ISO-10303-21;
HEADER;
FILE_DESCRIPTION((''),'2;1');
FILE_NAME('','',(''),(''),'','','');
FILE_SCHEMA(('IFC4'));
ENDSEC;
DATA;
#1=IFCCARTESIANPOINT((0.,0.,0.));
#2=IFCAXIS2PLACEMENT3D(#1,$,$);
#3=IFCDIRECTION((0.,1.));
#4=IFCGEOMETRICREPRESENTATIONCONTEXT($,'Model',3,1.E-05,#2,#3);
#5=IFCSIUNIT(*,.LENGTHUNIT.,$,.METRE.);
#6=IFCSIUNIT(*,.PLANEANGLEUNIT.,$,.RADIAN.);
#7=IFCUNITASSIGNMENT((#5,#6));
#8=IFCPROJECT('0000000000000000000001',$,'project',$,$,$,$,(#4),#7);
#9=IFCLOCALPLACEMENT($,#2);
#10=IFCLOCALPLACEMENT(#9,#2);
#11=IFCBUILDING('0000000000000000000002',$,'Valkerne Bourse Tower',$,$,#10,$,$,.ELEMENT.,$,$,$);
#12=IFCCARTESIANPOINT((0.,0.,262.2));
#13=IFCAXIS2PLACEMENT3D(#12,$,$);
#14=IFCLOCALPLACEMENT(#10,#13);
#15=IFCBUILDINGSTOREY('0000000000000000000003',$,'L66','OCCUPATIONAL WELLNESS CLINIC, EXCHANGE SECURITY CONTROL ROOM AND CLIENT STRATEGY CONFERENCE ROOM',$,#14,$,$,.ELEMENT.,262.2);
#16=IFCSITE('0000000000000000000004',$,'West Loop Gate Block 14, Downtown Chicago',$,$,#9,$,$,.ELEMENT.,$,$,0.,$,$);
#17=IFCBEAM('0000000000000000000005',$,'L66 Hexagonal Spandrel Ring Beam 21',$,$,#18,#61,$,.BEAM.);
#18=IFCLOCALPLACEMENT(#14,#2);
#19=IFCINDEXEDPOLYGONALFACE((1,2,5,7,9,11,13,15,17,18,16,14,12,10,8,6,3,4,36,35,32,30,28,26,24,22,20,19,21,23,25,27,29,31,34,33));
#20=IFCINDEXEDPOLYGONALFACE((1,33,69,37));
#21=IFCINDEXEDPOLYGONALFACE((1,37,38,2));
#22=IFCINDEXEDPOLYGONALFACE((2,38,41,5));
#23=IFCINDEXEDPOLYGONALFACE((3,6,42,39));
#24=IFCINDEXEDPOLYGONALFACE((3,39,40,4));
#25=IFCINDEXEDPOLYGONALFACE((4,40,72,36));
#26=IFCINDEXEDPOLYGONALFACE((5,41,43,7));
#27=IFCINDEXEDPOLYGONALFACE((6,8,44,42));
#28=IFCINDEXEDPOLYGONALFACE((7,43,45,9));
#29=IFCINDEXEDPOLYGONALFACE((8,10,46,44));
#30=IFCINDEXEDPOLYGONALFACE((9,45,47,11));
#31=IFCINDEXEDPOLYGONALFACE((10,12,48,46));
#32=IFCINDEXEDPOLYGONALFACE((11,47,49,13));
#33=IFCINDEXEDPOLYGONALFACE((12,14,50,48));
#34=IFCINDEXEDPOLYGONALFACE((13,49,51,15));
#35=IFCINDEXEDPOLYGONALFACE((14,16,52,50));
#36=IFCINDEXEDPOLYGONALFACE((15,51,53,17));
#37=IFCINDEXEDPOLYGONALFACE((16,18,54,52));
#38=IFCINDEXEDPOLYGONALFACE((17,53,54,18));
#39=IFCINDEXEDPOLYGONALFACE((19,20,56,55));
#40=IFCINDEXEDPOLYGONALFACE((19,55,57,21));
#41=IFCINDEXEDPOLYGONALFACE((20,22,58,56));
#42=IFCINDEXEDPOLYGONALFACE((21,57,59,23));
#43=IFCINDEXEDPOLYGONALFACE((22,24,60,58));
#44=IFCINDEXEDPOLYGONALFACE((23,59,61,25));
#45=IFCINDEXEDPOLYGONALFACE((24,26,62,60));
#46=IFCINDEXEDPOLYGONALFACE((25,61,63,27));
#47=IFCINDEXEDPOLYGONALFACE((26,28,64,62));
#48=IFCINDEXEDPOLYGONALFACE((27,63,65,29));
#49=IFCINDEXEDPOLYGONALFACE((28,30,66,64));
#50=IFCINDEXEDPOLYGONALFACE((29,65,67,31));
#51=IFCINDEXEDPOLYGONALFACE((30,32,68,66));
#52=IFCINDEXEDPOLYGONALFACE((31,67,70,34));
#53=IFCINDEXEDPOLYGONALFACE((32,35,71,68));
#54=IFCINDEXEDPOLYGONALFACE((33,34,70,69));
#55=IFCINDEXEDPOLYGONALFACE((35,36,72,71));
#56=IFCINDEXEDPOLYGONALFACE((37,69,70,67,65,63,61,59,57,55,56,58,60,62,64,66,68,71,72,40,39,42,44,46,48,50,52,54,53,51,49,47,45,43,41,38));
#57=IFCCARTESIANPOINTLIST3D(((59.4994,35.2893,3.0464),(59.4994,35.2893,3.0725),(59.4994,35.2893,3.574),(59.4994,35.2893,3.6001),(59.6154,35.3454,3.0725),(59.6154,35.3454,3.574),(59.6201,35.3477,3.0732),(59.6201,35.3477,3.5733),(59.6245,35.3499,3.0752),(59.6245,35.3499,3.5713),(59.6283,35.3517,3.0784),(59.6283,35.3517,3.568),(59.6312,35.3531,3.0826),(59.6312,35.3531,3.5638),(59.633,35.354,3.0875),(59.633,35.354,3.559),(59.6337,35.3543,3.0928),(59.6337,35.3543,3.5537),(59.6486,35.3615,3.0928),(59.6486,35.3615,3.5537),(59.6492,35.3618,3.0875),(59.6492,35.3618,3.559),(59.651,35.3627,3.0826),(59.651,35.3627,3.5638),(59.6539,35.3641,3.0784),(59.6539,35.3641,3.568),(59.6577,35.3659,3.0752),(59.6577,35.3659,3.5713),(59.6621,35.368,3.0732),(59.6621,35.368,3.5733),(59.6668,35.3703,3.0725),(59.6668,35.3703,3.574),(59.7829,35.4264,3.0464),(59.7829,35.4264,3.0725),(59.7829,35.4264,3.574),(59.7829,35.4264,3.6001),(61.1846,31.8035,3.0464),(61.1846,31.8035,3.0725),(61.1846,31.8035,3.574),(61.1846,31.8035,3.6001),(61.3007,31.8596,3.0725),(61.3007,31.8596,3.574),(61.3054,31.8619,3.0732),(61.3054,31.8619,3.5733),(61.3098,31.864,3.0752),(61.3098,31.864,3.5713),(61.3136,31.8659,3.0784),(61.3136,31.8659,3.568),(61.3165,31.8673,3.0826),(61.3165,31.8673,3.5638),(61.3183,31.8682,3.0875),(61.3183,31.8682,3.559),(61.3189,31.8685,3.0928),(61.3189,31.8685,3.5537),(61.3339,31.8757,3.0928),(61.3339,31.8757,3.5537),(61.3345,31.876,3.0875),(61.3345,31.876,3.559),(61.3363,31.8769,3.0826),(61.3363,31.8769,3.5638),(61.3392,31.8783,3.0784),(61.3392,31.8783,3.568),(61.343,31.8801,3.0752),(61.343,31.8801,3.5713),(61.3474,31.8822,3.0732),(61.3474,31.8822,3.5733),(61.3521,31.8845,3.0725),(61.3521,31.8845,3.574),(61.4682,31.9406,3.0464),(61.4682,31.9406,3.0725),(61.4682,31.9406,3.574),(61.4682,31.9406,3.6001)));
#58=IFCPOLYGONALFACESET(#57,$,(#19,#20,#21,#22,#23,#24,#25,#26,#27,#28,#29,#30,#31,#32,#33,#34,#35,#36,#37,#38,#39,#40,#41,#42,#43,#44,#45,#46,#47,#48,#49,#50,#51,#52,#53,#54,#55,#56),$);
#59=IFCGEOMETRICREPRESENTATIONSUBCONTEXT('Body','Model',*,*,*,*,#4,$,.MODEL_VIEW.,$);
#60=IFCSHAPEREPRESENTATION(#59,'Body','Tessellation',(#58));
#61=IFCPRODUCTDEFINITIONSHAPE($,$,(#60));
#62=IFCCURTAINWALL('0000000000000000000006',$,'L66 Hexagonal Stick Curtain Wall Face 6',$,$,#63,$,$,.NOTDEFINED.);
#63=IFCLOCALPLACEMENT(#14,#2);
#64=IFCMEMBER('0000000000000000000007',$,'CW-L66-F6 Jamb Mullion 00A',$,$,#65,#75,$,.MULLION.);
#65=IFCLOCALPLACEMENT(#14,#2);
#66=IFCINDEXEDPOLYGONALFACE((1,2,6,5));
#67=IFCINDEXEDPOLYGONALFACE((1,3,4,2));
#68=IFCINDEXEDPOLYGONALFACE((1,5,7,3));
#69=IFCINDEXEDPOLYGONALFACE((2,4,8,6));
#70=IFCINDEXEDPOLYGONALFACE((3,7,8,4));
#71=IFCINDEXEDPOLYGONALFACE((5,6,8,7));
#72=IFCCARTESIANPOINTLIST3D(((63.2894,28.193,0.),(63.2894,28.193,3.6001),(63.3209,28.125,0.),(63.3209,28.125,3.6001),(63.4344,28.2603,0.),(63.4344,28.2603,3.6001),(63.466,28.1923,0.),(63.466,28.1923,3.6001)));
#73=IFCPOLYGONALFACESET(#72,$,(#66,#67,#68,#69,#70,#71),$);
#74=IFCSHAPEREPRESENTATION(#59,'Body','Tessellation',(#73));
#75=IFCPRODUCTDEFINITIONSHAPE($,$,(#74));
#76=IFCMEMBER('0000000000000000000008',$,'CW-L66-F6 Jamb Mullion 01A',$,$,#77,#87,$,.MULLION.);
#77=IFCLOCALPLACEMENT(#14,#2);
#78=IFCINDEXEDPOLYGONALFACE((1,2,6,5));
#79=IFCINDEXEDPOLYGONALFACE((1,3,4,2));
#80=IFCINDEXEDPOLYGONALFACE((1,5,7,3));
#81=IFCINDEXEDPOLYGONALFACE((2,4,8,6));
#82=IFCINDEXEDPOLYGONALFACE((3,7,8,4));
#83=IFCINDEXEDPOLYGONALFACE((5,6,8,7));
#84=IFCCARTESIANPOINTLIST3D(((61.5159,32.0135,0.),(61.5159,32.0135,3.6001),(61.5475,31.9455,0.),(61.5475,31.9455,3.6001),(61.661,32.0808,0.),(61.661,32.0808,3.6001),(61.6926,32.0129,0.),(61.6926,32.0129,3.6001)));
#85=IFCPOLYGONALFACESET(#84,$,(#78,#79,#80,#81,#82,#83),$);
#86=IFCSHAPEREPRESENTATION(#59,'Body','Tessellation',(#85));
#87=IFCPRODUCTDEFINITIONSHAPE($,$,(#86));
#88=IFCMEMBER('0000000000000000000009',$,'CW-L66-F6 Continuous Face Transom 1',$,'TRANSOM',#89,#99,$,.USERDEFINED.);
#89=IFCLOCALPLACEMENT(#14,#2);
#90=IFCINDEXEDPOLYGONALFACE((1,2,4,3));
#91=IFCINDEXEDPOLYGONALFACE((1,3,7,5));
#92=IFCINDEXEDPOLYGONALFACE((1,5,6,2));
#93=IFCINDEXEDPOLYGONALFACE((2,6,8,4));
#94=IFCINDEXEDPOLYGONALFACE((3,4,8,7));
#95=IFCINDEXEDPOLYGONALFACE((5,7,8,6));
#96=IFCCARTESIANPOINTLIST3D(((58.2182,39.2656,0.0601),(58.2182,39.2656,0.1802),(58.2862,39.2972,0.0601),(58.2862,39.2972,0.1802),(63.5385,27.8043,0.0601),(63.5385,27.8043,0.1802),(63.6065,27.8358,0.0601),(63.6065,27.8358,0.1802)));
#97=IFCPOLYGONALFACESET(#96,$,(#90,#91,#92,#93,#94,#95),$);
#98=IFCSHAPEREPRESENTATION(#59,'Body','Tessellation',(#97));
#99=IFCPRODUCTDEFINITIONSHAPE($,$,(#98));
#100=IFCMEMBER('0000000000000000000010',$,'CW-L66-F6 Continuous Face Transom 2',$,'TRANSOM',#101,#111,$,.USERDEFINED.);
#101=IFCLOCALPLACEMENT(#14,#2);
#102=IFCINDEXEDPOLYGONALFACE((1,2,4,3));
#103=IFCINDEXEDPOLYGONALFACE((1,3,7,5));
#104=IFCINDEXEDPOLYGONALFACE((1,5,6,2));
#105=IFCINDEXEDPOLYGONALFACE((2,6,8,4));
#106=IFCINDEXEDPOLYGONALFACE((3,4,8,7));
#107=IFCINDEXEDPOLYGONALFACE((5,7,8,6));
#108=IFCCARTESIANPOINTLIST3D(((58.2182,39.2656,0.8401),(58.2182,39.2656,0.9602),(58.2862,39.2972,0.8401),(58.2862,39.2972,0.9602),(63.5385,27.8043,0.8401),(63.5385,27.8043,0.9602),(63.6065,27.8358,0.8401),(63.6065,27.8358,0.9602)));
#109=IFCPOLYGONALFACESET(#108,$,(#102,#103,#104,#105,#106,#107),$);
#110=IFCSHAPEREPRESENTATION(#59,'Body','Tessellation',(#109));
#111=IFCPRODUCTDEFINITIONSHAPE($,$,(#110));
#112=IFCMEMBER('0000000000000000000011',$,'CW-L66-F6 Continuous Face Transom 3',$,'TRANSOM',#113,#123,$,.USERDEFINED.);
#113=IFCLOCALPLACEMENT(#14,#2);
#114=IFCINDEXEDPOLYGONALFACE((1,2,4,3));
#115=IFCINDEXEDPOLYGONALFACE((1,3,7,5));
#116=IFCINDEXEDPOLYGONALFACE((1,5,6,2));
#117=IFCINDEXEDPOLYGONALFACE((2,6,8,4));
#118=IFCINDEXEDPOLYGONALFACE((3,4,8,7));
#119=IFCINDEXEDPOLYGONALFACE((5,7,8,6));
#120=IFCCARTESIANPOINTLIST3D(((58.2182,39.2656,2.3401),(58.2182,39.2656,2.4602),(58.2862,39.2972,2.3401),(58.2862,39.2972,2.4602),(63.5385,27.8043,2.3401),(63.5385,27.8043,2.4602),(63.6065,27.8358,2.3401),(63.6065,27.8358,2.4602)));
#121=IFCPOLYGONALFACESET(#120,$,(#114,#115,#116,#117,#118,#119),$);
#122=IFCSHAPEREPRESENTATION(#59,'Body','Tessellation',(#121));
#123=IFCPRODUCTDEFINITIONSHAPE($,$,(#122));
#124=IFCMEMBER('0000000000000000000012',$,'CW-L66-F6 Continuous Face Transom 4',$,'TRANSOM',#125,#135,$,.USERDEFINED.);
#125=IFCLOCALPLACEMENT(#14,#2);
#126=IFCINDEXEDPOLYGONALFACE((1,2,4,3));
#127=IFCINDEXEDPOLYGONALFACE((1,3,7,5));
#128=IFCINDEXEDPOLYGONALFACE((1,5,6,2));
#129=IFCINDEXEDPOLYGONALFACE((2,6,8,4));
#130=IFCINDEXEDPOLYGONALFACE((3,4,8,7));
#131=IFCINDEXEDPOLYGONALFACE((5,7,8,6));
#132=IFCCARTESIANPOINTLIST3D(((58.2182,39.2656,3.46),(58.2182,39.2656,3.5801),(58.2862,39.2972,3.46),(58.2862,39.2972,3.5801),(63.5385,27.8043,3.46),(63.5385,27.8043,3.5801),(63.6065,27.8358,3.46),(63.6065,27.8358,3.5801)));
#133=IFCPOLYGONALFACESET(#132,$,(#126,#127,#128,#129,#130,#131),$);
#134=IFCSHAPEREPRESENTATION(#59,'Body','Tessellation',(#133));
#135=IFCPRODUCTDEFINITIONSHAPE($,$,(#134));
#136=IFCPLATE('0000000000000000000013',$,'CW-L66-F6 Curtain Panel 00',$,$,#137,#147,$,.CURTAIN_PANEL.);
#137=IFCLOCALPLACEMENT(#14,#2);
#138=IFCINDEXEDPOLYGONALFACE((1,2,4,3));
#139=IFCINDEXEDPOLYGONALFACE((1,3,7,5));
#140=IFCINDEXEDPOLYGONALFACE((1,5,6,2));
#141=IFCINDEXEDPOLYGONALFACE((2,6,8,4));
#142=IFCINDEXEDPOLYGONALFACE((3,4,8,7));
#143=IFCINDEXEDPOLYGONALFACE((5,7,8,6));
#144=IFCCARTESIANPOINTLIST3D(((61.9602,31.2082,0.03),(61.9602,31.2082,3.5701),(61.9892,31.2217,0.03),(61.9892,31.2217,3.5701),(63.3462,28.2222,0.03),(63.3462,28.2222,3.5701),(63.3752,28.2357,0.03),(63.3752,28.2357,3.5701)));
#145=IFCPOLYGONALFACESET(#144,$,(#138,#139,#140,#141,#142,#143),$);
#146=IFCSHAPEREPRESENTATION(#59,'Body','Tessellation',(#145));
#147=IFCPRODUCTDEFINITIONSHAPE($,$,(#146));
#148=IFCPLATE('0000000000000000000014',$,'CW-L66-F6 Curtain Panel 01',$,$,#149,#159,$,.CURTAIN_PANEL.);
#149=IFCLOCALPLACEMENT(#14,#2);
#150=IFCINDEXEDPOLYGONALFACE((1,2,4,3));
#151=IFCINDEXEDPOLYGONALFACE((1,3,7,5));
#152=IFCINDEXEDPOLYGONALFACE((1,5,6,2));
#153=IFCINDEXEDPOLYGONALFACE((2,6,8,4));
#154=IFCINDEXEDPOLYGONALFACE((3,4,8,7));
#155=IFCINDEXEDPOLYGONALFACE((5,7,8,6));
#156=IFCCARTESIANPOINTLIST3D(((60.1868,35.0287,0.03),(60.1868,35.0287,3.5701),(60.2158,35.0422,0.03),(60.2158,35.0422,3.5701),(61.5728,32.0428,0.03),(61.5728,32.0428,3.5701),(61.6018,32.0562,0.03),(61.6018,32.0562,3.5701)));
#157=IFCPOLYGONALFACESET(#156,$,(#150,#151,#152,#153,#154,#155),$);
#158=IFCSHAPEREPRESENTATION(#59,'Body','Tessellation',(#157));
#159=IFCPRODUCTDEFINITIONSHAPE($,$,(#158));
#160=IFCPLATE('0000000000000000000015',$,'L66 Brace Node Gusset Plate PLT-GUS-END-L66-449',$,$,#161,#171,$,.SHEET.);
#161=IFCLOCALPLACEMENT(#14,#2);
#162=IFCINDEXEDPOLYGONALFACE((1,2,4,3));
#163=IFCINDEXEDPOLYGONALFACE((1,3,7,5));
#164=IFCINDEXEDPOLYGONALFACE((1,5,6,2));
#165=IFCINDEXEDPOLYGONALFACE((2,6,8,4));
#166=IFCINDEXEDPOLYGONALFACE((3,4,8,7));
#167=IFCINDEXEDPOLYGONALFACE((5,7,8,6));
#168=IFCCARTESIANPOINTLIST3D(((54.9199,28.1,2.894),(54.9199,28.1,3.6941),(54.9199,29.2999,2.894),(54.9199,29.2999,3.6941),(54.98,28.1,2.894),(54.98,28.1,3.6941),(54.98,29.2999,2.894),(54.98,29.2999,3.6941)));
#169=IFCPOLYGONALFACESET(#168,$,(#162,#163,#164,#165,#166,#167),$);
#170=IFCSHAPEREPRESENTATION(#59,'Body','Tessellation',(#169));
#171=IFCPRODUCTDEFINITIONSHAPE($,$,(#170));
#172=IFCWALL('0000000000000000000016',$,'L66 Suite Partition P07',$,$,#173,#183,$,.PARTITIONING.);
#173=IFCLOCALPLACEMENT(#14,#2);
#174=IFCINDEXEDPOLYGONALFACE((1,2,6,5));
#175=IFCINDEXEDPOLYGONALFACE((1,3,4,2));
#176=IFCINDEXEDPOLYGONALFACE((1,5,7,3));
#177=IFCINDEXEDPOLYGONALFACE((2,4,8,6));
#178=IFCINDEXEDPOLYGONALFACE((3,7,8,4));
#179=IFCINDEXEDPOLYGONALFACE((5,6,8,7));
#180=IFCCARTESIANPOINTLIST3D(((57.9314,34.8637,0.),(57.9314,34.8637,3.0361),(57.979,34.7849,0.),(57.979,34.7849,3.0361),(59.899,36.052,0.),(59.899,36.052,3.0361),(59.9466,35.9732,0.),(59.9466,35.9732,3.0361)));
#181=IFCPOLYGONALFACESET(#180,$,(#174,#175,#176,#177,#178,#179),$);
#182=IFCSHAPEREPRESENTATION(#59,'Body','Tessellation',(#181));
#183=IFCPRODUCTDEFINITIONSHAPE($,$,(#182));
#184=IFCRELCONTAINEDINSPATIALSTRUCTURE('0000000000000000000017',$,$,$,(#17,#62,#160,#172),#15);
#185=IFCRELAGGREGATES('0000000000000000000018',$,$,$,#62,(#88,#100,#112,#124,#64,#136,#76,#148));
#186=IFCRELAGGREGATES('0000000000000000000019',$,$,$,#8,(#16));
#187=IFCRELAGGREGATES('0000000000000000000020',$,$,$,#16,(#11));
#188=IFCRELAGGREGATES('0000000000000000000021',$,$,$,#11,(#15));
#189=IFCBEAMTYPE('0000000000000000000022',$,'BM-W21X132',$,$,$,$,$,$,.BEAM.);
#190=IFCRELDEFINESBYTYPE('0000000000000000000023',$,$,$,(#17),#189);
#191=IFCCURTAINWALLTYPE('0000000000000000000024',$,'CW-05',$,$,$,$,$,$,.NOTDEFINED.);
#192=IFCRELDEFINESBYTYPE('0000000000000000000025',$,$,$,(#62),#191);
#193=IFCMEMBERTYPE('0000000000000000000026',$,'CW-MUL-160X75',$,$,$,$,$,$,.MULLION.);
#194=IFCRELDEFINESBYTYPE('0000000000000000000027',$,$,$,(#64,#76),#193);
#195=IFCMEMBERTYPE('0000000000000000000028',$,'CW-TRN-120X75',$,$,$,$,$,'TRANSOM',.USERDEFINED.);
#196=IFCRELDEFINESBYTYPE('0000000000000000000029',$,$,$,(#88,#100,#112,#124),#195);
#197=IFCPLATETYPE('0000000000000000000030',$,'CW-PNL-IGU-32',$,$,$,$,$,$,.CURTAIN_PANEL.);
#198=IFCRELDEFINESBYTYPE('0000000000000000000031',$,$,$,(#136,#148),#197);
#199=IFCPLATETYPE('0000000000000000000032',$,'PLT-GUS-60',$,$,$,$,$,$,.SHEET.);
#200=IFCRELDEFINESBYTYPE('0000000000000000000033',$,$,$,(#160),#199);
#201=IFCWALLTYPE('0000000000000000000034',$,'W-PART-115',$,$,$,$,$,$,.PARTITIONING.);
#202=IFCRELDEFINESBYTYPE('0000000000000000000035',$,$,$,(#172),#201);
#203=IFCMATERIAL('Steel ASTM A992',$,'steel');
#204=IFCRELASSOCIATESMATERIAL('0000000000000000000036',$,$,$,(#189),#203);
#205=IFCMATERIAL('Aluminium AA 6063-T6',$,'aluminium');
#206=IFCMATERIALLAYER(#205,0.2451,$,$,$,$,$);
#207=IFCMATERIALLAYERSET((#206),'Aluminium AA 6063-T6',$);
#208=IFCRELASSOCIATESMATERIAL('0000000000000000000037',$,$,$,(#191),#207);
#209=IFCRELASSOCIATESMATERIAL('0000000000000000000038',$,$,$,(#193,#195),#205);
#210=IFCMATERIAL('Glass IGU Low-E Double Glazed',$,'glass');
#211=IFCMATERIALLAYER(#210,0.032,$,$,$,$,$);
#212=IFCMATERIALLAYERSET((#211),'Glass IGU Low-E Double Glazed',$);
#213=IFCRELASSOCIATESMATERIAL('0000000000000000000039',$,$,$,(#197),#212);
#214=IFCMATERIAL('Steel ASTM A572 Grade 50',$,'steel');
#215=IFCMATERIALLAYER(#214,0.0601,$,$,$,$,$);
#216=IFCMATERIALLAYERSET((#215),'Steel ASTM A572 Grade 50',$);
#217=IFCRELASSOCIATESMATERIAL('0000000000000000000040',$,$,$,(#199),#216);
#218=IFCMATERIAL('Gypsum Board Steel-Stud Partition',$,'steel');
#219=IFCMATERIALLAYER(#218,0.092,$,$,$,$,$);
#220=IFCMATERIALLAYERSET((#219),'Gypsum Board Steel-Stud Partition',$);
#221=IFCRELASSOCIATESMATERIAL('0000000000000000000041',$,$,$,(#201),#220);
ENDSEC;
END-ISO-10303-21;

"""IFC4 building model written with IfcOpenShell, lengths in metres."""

from ifc_helpers import new_model, si_unit, direction, frame, frame_2d, origin, origin_2d, place, context, subcontext, project, spatial, rectangle, i_section, extrude, material, layer, layer_set, material_profile, profile_set, type_object, element, aggregate, save


model = new_model("IFC4")

# Units and contexts
model_context = context("Model", 3, precision=1e-05, world=origin(), true_north=direction((0.0, 1.0)))
body_context = subcontext(model_context, "Body", "Model", "MODEL_VIEW")
ifc_project = project(units=[si_unit("LENGTHUNIT", "METRE"), si_unit("PLANEANGLEUNIT", "RADIAN")], contexts=[model_context])

# Site, building, storey
site_placement = place(None, origin())
site = spatial("IfcSite", under=ifc_project, at=site_placement, Name="West Loop Gate Block 14, Downtown Chicago", CompositionType="ELEMENT", RefElevation=0.0)
building_placement = place(site_placement, origin())
building = spatial("IfcBuilding", under=site, at=building_placement, Name="Valkerne Bourse Tower", CompositionType="ELEMENT")
storey_placement = place(building_placement, frame((0.0, 0.0, 262.2)))
storey = spatial("IfcBuildingStorey", under=building, at=storey_placement, Name="L66", Description="OCCUPATIONAL WELLNESS CLINIC, EXCHANGE SECURITY CONTROL ROOM AND CLIENT STRATEGY CONFERENCE ROOM", CompositionType="ELEMENT", Elevation=262.2)

# Beam
ifc_material_1 = material(Name="Steel ASTM A992", Category="steel")
ifc_material_profile_1 = material_profile(ifc_material_1, i_section(OverallWidth=0.3149, OverallDepth=0.5537, WebThickness=0.0166, FlangeThickness=0.0261, FilletRadius=0.0203, at=origin_2d()), Name="W21X132")
ifc_profile_set_1 = profile_set([ifc_material_profile_1], Name="Steel ASTM A992")
beam_type_1 = type_object("IfcBeamType", Name="BM-W21X132", PredefinedType="BEAM", material=ifc_profile_set_1)
beam_1_placement = place(storey_placement, frame((61.3264, 31.8721, 3.3232), z_axis=(-0.435269, 0.9003, 0.0), x_axis=(-0.9003, -0.435269, 0.0)))
element("IfcBeam", 1, at=beam_1_placement, inside=storey, type_object=beam_type_1, Name="L66 Hexagonal Spandrel Ring Beam 21", PredefinedType="BEAM", context=body_context, shape_type="SweptSolid", body=[
    extrude(i_section(OverallWidth=0.3149, OverallDepth=0.5537, WebThickness=0.0166, FlangeThickness=0.0261, FilletRadius=0.0203, at=origin_2d()), origin(), (0.0, 0.0, 1.0), 3.8718),
])

# Curtain wall, members, plates
ifc_material_2 = material(Name="Aluminium AA 6063-T6", Category="aluminium")
ifc_layer_1 = layer(ifc_material_2, 0.2451)
ifc_layer_set_1 = layer_set([ifc_layer_1], Name="Aluminium AA 6063-T6")
curtain_wall_type = type_object("IfcCurtainWallType", Name="CW-05", PredefinedType="NOTDEFINED", material=ifc_layer_set_1)
curtain_wall_placement = place(storey_placement, origin())
curtain_wall = element("IfcCurtainWall", 2, at=curtain_wall_placement, inside=storey, type_object=curtain_wall_type, Name="L66 Hexagonal Stick Curtain Wall Face 6", PredefinedType="NOTDEFINED")
ifc_material_profile_2 = material_profile(ifc_material_2, rectangle(XDim=0.075, YDim=0.1599, at=origin_2d()), Name="CWM-75X160")
ifc_profile_set_2 = profile_set([ifc_material_profile_2], Name="Aluminium AA 6063-T6")
member_type_1 = type_object("IfcMemberType", Name="CW-MUL-160X75", PredefinedType="MULLION", material=ifc_profile_set_2)
member_1_placement = place(storey_placement, frame((63.3777, 28.1926, 0.0), z_axis=(0.0, 0.0, 1.0), x_axis=(-0.421032, 0.907046, 0.0)))
member_1 = element("IfcMember", 3, at=member_1_placement, type_object=member_type_1, Name="CW-L66-F6 Jamb Mullion 00A", PredefinedType="MULLION", context=body_context, shape_type="SweptSolid", body=[
    extrude(rectangle(XDim=0.075, YDim=0.1599, at=origin_2d()), origin(), (0.0, 0.0, 1.0), 3.6001),
])
member_2_placement = place(storey_placement, frame((61.6042, 32.0132, 0.0), z_axis=(0.0, 0.0, 1.0), x_axis=(-0.421032, 0.907046, 0.0)))
member_2 = element("IfcMember", 4, at=member_2_placement, type_object=member_type_1, Name="CW-L66-F6 Jamb Mullion 01A", PredefinedType="MULLION", context=body_context, shape_type="SweptSolid", body=[
    extrude(rectangle(XDim=0.075, YDim=0.1599, at=origin_2d()), origin(), (0.0, 0.0, 1.0), 3.6001),
])
ifc_material_profile_3 = material_profile(ifc_material_2, rectangle(XDim=0.075, YDim=0.1201, at=origin_2d()), Name="CWT-75X120")
ifc_profile_set_3 = profile_set([ifc_material_profile_3], Name="Aluminium AA 6063-T6")
member_type_2 = type_object("IfcMemberType", Name="CW-TRN-120X75", ElementType="TRANSOM", PredefinedType="USERDEFINED", material=ifc_profile_set_3)
member_3_placement = place(storey_placement, frame((63.5725, 27.8201, 0.1201), z_axis=(-0.421042, 0.907041, 0.0), x_axis=(-0.907041, -0.421042, 0.0)))
member_3 = element("IfcMember", 5, at=member_3_placement, type_object=member_type_2, Name="CW-L66-F6 Continuous Face Transom 1", ObjectType="TRANSOM", PredefinedType="USERDEFINED", context=body_context, shape_type="SweptSolid", body=[
    extrude(rectangle(XDim=0.075, YDim=0.1201, at=origin_2d()), origin(), (0.0, 0.0, 1.0), 12.636),
])
member_4_placement = place(storey_placement, frame((63.5725, 27.8201, 0.9001), z_axis=(-0.421042, 0.907041, 0.0), x_axis=(-0.907041, -0.421042, 0.0)))
member_4 = element("IfcMember", 6, at=member_4_placement, type_object=member_type_2, Name="CW-L66-F6 Continuous Face Transom 2", ObjectType="TRANSOM", PredefinedType="USERDEFINED", context=body_context, shape_type="SweptSolid", body=[
    extrude(rectangle(XDim=0.075, YDim=0.1201, at=origin_2d()), origin(), (0.0, 0.0, 1.0), 12.636),
])
member_5_placement = place(storey_placement, frame((63.5725, 27.8201, 2.4001), z_axis=(-0.421042, 0.907041, 0.0), x_axis=(-0.907041, -0.421042, 0.0)))
member_5 = element("IfcMember", 7, at=member_5_placement, type_object=member_type_2, Name="CW-L66-F6 Continuous Face Transom 3", ObjectType="TRANSOM", PredefinedType="USERDEFINED", context=body_context, shape_type="SweptSolid", body=[
    extrude(rectangle(XDim=0.075, YDim=0.1201, at=origin_2d()), origin(), (0.0, 0.0, 1.0), 12.636),
])
member_6_placement = place(storey_placement, frame((63.5725, 27.8201, 3.52), z_axis=(-0.421042, 0.907041, 0.0), x_axis=(-0.907041, -0.421042, 0.0)))
member_6 = element("IfcMember", 8, at=member_6_placement, type_object=member_type_2, Name="CW-L66-F6 Continuous Face Transom 4", ObjectType="TRANSOM", PredefinedType="USERDEFINED", context=body_context, shape_type="SweptSolid", body=[
    extrude(rectangle(XDim=0.075, YDim=0.1201, at=origin_2d()), origin(), (0.0, 0.0, 1.0), 12.636),
])
ifc_material_3 = material(Name="Glass IGU Low-E Double Glazed", Category="glass")
ifc_layer_2 = layer(ifc_material_3, 0.032)
ifc_layer_set_2 = layer_set([ifc_layer_2], Name="Glass IGU Low-E Double Glazed")
plate_type_1 = type_object("IfcPlateType", Name="CW-PNL-IGU-32", PredefinedType="CURTAIN_PANEL", material=ifc_layer_set_2)
plate_1_placement = place(storey_placement, frame((62.6677, 29.7219, 0.03), z_axis=(0.0, 0.0, 1.0), x_axis=(-0.421032, 0.907046, 0.0)))
plate_1 = element("IfcPlate", 9, at=plate_1_placement, type_object=plate_type_1, Name="CW-L66-F6 Curtain Panel 00", PredefinedType="CURTAIN_PANEL", context=body_context, shape_type="SweptSolid", body=[
    extrude(rectangle(XDim=3.292, YDim=0.032, at=origin_2d()), origin(), (0.0, 0.0, 1.0), 3.54),
])
plate_2_placement = place(storey_placement, frame((60.8943, 33.5425, 0.03), z_axis=(0.0, 0.0, 1.0), x_axis=(-0.421032, 0.907046, 0.0)))
plate_2 = element("IfcPlate", 10, at=plate_2_placement, type_object=plate_type_1, Name="CW-L66-F6 Curtain Panel 01", PredefinedType="CURTAIN_PANEL", context=body_context, shape_type="SweptSolid", body=[
    extrude(rectangle(XDim=3.292, YDim=0.032, at=origin_2d()), origin(), (0.0, 0.0, 1.0), 3.54),
])
aggregate(curtain_wall, [member_3, member_4, member_5, member_6, member_1, plate_1, member_2, plate_2])

# Plate
ifc_material_4 = material(Name="Steel ASTM A572 Grade 50", Category="steel")
ifc_layer_3 = layer(ifc_material_4, 0.0601)
ifc_layer_set_3 = layer_set([ifc_layer_3], Name="Steel ASTM A572 Grade 50")
plate_type_2 = type_object("IfcPlateType", Name="PLT-GUS-60", PredefinedType="SHEET", material=ifc_layer_set_3)
plate_3_placement = place(storey_placement, frame((54.95, 28.7, 2.894), z_axis=(0.0, 0.0, 1.0), x_axis=(0.0, 1.0, 0.0)))
element("IfcPlate", 11, at=plate_3_placement, inside=storey, type_object=plate_type_2, Name="L66 Brace Node Gusset Plate PLT-GUS-END-L66-449", PredefinedType="SHEET", context=body_context, shape_type="SweptSolid", body=[
    extrude(rectangle(XDim=1.2, YDim=0.0601, at=origin_2d()), origin(), (0.0, 0.0, 1.0), 0.8),
])

# Wall
ifc_material_5 = material(Name="Gypsum Board Steel-Stud Partition", Category="steel")
ifc_layer_4 = layer(ifc_material_5, 0.092)
ifc_layer_set_4 = layer_set([ifc_layer_4], Name="Gypsum Board Steel-Stud Partition")
wall_type_1 = type_object("IfcWallType", Name="W-PART-115", PredefinedType="PARTITIONING", material=ifc_layer_set_4)
wall_1_placement = place(storey_placement, frame((57.9551, 34.8242, 0.0), z_axis=(0.0, 0.0, 1.0), x_axis=(0.856009, 0.516962, 0.0)))
element("IfcWall", 12, at=wall_1_placement, inside=storey, type_object=wall_type_1, Name="L66 Suite Partition P07", PredefinedType="PARTITIONING", context=body_context, shape_type="SweptSolid", body=[
    extrude(rectangle(XDim=2.2986, YDim=0.092, at=frame_2d((1.1494, 0.0))), origin(), (0.0, 0.0, 1.0), 3.0361),
])

save(model, "model.ifc")
